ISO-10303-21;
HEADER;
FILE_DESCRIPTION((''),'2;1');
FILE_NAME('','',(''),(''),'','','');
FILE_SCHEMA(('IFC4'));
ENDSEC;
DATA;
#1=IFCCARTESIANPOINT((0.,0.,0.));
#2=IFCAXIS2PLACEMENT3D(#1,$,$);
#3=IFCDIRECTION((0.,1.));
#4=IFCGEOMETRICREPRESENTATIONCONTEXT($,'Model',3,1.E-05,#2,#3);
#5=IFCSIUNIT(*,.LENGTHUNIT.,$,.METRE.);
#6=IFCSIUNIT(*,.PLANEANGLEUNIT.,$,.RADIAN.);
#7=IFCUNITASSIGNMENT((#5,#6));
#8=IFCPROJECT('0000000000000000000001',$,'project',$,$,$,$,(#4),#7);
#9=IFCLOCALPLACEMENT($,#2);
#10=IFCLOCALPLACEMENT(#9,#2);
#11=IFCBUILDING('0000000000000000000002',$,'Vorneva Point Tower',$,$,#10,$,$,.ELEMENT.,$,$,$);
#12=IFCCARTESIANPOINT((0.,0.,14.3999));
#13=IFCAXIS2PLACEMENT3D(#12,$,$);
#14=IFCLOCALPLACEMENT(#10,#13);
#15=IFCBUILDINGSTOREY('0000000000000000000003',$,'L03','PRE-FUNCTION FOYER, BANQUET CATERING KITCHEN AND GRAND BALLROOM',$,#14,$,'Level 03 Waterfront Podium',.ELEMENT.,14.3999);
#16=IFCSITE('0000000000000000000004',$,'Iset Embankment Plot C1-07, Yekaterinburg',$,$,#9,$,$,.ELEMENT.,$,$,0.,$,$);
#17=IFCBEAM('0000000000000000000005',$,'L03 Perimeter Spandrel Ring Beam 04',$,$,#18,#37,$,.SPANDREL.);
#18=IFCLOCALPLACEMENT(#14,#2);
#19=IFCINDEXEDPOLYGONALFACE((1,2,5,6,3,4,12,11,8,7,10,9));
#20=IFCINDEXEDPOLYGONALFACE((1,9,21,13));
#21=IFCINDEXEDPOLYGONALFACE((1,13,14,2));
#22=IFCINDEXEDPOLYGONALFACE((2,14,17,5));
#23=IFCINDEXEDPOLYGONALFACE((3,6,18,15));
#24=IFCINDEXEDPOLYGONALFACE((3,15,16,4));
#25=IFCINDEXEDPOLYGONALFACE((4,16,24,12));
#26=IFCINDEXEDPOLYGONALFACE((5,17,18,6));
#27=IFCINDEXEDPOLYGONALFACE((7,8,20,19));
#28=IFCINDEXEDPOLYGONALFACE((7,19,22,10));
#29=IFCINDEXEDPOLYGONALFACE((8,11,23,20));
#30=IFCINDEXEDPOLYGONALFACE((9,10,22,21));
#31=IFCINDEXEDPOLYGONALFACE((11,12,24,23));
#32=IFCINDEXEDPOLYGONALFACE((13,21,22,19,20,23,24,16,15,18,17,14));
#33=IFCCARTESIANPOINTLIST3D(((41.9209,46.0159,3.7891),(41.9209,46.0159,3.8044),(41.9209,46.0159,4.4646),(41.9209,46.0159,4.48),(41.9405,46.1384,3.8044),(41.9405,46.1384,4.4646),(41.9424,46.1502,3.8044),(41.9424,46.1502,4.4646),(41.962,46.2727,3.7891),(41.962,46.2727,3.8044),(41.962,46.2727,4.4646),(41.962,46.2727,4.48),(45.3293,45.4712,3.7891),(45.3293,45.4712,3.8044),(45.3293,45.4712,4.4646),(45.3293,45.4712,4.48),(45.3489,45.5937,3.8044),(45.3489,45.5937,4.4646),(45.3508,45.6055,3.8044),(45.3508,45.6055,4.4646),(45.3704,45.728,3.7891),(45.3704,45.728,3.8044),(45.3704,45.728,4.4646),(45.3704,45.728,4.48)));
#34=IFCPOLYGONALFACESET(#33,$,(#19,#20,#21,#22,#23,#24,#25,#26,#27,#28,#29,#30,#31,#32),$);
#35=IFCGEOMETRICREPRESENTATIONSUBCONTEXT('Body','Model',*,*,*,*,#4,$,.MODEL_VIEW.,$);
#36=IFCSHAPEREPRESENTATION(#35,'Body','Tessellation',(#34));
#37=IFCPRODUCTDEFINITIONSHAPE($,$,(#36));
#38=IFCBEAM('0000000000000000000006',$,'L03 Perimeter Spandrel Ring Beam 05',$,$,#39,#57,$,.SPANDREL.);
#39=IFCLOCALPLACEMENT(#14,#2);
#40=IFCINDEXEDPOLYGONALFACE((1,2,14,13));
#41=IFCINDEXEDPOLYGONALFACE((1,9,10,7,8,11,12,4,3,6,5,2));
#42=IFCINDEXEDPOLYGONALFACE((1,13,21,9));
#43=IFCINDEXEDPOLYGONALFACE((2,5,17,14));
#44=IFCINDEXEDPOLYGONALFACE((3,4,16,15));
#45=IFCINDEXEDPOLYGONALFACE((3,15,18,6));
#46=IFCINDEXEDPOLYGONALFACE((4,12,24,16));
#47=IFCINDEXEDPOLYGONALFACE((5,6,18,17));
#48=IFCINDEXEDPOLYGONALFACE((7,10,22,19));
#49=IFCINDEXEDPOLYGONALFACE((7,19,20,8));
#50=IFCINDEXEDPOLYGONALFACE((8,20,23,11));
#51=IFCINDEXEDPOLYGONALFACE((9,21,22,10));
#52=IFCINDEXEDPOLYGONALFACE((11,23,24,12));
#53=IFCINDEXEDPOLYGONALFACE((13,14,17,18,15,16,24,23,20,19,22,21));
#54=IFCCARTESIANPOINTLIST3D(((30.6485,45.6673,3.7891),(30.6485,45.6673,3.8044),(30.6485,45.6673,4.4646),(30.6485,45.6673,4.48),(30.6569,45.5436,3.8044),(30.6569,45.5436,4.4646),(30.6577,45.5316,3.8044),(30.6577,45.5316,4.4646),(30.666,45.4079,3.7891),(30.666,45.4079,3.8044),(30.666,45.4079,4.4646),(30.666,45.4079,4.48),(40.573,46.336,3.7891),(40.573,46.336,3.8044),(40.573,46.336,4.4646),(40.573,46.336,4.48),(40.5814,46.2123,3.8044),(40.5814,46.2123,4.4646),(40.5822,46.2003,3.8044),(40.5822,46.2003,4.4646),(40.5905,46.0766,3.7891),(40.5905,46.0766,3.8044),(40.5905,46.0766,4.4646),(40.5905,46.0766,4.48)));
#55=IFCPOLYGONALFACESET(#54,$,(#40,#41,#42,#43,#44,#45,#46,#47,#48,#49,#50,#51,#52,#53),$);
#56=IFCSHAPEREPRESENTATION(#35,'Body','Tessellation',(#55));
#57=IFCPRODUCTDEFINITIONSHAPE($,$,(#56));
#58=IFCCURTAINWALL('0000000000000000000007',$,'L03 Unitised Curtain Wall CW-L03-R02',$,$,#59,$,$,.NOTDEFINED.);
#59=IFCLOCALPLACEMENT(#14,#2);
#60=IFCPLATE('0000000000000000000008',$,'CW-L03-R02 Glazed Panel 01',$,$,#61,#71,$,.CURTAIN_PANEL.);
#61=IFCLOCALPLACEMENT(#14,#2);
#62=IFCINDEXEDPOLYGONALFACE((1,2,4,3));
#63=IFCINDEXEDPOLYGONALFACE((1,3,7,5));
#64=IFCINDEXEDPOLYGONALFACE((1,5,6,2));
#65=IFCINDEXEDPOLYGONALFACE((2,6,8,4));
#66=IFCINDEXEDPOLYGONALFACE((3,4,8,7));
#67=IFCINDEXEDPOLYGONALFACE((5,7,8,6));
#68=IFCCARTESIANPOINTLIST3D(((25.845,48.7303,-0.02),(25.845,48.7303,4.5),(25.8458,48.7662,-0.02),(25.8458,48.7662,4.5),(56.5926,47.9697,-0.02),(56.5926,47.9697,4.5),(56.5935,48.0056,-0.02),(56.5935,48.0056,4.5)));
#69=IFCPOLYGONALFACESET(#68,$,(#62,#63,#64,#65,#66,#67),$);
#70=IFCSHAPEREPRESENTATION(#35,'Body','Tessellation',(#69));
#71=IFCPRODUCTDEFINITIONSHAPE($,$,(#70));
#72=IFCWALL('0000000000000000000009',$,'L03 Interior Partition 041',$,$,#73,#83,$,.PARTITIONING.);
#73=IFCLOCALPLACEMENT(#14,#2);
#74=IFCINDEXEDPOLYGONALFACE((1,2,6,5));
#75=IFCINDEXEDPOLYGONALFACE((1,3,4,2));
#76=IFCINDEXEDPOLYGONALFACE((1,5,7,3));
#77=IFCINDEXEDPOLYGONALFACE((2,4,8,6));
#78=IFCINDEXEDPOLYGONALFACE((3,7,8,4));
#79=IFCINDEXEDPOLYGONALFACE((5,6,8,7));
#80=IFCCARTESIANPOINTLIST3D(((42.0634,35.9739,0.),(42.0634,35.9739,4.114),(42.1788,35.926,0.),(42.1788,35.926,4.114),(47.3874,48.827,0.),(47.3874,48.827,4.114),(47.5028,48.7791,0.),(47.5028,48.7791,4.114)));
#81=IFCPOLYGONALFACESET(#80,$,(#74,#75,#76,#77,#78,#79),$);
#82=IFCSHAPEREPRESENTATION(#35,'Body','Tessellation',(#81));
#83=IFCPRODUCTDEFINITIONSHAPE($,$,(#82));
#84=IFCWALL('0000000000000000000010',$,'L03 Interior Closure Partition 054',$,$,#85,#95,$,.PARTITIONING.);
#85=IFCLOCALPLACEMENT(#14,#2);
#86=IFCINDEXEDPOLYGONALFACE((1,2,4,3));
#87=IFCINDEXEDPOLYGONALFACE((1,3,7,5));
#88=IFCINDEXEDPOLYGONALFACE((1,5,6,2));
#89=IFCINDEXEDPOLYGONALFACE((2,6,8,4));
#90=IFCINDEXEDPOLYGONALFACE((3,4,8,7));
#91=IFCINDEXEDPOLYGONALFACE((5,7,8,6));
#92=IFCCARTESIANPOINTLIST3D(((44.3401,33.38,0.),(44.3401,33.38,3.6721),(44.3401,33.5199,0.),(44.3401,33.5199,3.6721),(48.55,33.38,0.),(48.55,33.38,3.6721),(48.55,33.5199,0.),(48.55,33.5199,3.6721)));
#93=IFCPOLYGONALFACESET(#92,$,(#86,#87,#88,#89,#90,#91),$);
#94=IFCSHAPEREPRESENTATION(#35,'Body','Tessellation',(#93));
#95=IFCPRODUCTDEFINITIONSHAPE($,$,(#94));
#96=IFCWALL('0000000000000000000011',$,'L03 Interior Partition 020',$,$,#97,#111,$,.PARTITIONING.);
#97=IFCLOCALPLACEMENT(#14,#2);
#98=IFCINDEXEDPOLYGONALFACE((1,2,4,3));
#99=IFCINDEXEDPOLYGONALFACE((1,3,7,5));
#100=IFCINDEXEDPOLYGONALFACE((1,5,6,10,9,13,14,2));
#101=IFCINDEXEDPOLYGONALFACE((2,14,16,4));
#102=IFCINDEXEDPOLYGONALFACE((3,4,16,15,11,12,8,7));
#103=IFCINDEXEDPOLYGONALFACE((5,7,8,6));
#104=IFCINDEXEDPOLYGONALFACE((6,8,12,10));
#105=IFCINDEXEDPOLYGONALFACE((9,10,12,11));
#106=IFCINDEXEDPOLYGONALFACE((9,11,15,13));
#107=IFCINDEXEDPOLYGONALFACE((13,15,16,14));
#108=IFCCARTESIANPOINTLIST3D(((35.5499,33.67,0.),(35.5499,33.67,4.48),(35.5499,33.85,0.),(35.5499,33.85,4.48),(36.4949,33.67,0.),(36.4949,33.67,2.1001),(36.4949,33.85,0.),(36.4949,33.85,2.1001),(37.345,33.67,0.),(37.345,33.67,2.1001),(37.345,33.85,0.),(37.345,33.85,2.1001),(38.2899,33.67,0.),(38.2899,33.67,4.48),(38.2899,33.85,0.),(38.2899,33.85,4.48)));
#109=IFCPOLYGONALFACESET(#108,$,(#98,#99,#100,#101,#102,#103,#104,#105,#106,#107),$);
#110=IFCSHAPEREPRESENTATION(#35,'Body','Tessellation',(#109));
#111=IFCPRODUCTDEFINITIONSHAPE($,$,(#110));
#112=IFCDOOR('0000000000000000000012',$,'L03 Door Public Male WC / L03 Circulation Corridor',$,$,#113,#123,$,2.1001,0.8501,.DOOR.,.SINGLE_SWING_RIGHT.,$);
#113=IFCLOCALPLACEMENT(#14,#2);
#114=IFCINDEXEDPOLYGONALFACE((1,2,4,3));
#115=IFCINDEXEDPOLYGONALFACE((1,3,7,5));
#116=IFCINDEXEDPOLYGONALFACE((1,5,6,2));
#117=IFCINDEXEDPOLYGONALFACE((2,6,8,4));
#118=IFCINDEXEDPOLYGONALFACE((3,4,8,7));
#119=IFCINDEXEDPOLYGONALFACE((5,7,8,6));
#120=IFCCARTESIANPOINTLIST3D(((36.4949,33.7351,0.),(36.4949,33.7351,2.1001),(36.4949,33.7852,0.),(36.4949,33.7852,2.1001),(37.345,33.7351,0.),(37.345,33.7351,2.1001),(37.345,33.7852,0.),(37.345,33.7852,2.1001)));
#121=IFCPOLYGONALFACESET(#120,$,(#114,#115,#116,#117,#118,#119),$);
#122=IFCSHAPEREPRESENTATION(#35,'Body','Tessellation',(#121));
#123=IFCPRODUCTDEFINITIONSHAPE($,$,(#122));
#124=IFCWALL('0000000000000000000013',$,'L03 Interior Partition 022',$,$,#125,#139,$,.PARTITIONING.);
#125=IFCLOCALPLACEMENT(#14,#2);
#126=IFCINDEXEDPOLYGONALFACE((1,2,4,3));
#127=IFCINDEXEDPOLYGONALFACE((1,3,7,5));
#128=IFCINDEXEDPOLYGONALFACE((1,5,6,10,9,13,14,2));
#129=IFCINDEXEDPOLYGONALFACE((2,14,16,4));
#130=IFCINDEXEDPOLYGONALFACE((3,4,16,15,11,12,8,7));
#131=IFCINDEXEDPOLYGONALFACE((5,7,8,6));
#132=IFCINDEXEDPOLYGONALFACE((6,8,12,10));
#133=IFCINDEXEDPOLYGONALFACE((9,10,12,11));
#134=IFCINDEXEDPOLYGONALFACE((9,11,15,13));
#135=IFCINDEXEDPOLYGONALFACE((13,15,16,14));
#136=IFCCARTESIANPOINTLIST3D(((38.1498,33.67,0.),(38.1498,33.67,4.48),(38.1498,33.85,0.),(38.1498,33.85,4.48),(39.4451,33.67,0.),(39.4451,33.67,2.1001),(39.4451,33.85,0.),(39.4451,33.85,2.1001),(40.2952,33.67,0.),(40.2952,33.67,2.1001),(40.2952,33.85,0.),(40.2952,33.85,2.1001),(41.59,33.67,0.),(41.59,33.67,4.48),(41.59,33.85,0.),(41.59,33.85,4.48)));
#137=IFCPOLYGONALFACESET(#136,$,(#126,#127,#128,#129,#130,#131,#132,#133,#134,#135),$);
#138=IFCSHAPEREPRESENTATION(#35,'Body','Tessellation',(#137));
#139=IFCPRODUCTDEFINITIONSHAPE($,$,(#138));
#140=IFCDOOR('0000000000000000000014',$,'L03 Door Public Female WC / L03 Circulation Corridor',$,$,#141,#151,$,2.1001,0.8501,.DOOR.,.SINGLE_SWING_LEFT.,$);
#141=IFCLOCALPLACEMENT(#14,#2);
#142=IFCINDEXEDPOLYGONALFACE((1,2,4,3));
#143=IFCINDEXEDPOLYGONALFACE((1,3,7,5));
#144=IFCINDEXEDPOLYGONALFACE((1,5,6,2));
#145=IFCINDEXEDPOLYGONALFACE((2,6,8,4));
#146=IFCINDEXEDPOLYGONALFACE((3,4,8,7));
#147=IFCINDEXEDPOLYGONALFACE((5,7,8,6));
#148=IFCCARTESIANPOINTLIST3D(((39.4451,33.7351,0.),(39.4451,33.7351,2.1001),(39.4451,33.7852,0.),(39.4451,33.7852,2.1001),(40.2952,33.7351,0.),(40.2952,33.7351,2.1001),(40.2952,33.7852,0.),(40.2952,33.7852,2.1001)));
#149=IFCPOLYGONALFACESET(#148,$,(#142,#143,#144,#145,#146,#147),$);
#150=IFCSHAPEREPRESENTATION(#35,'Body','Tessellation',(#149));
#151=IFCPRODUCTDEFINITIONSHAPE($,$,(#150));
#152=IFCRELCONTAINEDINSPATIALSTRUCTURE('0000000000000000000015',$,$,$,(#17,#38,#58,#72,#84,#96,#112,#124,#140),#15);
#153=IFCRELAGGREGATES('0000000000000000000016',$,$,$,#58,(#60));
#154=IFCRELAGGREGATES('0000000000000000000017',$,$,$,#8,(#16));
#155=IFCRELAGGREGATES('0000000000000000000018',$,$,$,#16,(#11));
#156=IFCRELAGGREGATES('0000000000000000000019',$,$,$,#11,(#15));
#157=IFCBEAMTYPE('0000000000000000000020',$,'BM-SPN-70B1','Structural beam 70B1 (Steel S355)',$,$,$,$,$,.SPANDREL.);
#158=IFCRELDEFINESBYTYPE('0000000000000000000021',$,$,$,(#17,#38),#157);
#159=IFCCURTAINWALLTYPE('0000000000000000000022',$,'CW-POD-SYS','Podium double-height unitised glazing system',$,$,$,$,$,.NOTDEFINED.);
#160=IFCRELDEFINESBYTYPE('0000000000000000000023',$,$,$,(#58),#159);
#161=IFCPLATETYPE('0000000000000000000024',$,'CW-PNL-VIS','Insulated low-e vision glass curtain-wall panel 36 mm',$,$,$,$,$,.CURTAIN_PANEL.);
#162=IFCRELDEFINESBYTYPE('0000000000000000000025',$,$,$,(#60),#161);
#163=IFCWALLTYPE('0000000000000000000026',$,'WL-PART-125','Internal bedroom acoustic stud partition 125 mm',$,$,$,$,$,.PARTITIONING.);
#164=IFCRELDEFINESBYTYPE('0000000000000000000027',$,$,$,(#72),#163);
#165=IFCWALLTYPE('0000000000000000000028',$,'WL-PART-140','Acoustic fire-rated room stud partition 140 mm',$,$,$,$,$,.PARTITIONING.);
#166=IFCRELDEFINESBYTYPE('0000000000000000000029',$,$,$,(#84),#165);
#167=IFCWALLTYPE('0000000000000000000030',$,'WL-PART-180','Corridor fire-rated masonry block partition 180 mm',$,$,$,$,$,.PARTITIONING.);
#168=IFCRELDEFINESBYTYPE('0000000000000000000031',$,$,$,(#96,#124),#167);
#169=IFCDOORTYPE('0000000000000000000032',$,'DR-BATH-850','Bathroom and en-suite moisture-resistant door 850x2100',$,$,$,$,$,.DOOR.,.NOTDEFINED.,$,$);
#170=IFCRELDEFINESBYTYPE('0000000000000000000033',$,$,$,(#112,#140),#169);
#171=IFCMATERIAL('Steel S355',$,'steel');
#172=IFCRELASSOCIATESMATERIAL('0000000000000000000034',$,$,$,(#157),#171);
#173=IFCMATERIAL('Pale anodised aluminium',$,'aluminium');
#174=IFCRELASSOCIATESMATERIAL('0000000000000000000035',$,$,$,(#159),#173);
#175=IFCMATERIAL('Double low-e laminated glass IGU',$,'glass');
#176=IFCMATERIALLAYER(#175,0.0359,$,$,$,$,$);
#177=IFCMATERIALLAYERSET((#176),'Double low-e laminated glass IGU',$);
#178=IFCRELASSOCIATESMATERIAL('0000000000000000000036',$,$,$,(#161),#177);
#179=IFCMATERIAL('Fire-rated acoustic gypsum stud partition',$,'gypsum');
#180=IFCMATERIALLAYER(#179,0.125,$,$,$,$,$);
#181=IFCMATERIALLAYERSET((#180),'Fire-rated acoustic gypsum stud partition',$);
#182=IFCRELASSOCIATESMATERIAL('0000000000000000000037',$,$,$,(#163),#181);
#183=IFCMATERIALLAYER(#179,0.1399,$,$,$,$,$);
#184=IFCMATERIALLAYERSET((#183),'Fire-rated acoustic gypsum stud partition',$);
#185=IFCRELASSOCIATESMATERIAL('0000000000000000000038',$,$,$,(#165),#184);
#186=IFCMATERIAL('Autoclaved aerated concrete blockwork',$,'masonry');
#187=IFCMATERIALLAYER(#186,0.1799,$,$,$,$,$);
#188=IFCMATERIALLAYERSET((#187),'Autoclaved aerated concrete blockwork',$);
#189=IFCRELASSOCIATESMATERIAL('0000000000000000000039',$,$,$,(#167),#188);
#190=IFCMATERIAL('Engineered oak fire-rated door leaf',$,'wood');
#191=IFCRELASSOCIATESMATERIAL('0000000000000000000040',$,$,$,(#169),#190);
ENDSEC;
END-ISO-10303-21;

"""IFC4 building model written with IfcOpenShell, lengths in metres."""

from ifc_helpers import new_model, si_unit, direction, frame, frame_2d, origin, origin_2d, place, context, subcontext, project, spatial, rectangle, i_section, extrude, material, layer, layer_set, material_profile, profile_set, type_object, element, fill, aggregate, save


model = new_model("IFC4")

# Units and contexts
model_context = context("Model", 3, precision=1e-05, world=origin(), true_north=direction((0.0, 1.0)))
body_context = subcontext(model_context, "Body", "Model", "MODEL_VIEW")
ifc_project = project(units=[si_unit("LENGTHUNIT", "METRE"), si_unit("PLANEANGLEUNIT", "RADIAN")], contexts=[model_context])

# Site, building, storey
site_placement = place(None, origin())
site = spatial("IfcSite", under=ifc_project, at=site_placement, Name="Iset Embankment Plot C1-07, Yekaterinburg", CompositionType="ELEMENT", RefElevation=0.0)
building_placement = place(site_placement, origin())
building = spatial("IfcBuilding", under=site, at=building_placement, Name="Vorneva Point Tower", CompositionType="ELEMENT")
storey_placement = place(building_placement, frame((0.0, 0.0, 14.3999)))
storey = spatial("IfcBuildingStorey", under=building, at=storey_placement, Name="L03", Description="PRE-FUNCTION FOYER, BANQUET CATERING KITCHEN AND GRAND BALLROOM", LongName="Level 03 Waterfront Podium", CompositionType="ELEMENT", Elevation=14.3999)

# Beams
ifc_material_1 = material(Name="Steel S355", Category="steel")
ifc_material_profile_1 = material_profile(ifc_material_1, i_section(OverallWidth=0.26, OverallDepth=0.6909, WebThickness=0.012, FlangeThickness=0.0154, at=origin_2d()), Name="70B1")
ifc_profile_set_1 = profile_set([ifc_material_profile_1], Name="Steel S355")
beam_type_1 = type_object("IfcBeamType", Name="BM-SPN-70B1", Description="Structural beam 70B1 (Steel S355)", PredefinedType="SPANDREL", material=ifc_profile_set_1)
beam_1_placement = place(storey_placement, frame((45.3499, 45.5996, 4.1345), z_axis=(-0.987471, 0.1578, 0.0), x_axis=(-0.1578, -0.987471, 0.0)))
element("IfcBeam", 1, at=beam_1_placement, inside=storey, type_object=beam_type_1, Name="L03 Perimeter Spandrel Ring Beam 04", PredefinedType="SPANDREL", context=body_context, shape_type="SweptSolid", body=[
    extrude(i_section(OverallWidth=0.26, OverallDepth=0.6909, WebThickness=0.012, FlangeThickness=0.0154, at=origin_2d()), origin(), (0.0, 0.0, 1.0), 3.4517),
])
beam_2_placement = place(storey_placement, frame((40.5818, 46.2063, 4.1345), z_axis=(-0.997738, -0.067226, 0.0), x_axis=(0.067226, -0.997738, 0.0)))
element("IfcBeam", 2, at=beam_2_placement, inside=storey, type_object=beam_type_1, Name="L03 Perimeter Spandrel Ring Beam 05", PredefinedType="SPANDREL", context=body_context, shape_type="SweptSolid", body=[
    extrude(i_section(OverallWidth=0.26, OverallDepth=0.6909, WebThickness=0.012, FlangeThickness=0.0154, at=origin_2d()), origin(), (0.0, 0.0, 1.0), 9.947),
])

# Curtain wall, plate
ifc_material_2 = material(Name="Pale anodised aluminium", Category="aluminium")
curtain_wall_type = type_object("IfcCurtainWallType", Name="CW-POD-SYS", Description="Podium double-height unitised glazing system", PredefinedType="NOTDEFINED", material=ifc_material_2)
curtain_wall_placement = place(storey_placement, origin())
curtain_wall = element("IfcCurtainWall", 3, at=curtain_wall_placement, inside=storey, type_object=curtain_wall_type, Name="L03 Unitised Curtain Wall CW-L03-R02", PredefinedType="NOTDEFINED")
ifc_material_3 = material(Name="Double low-e laminated glass IGU", Category="glass")
ifc_layer_1 = layer(ifc_material_3, 0.0359)
ifc_layer_set_1 = layer_set([ifc_layer_1], Name="Double low-e laminated glass IGU")
plate_type = type_object("IfcPlateType", Name="CW-PNL-VIS", Description="Insulated low-e vision glass curtain-wall panel 36 mm", PredefinedType="CURTAIN_PANEL", material=ifc_layer_set_1)
plate_placement = place(storey_placement, frame((41.2192, 48.3679, -0.02), z_axis=(0.0, 0.0, 1.0), x_axis=(-0.999694, 0.024729, 0.0)))
plate = element("IfcPlate", 4, at=plate_placement, type_object=plate_type, Name="CW-L03-R02 Glazed Panel 01", PredefinedType="CURTAIN_PANEL", context=body_context, shape_type="SweptSolid", body=[
    extrude(rectangle(XDim=30.7571, YDim=0.0359, at=origin_2d()), origin(), (0.0, 0.0, 1.0), 4.52),
])
aggregate(curtain_wall, [plate])

# Walls
ifc_material_4 = material(Name="Fire-rated acoustic gypsum stud partition", Category="gypsum")
ifc_layer_2 = layer(ifc_material_4, 0.125)
ifc_layer_set_2 = layer_set([ifc_layer_2], Name="Fire-rated acoustic gypsum stud partition")
wall_type_1 = type_object("IfcWallType", Name="WL-PART-125", Description="Internal bedroom acoustic stud partition 125 mm", PredefinedType="PARTITIONING", material=ifc_layer_set_2)
wall_1_placement = place(storey_placement, frame((42.1211, 35.95, 0.0), z_axis=(0.0, 0.0, 1.0), x_axis=(0.382688, 0.923878, 0.0)))
element("IfcWall", 5, at=wall_1_placement, inside=storey, type_object=wall_type_1, Name="L03 Interior Partition 041", PredefinedType="PARTITIONING", context=body_context, shape_type="SweptSolid", body=[
    extrude(rectangle(XDim=13.9121, YDim=0.125, at=frame_2d((6.9561, 0.0))), origin(), (0.0, 0.0, 1.0), 4.114),
])
ifc_layer_3 = layer(ifc_material_4, 0.1399)
ifc_layer_set_3 = layer_set([ifc_layer_3], Name="Fire-rated acoustic gypsum stud partition")
wall_type_2 = type_object("IfcWallType", Name="WL-PART-140", Description="Acoustic fire-rated room stud partition 140 mm", PredefinedType="PARTITIONING", material=ifc_layer_set_3)
wall_2_placement = place(storey_placement, frame((44.3401, 33.45, 0.0), z_axis=(0.0, 0.0, 1.0), x_axis=(1.0, 0.0, 0.0)))
element("IfcWall", 6, at=wall_2_placement, inside=storey, type_object=wall_type_2, Name="L03 Interior Closure Partition 054", PredefinedType="PARTITIONING", context=body_context, shape_type="SweptSolid", body=[
    extrude(rectangle(XDim=4.21, YDim=0.1399, at=frame_2d((2.105, 0.0))), origin(), (0.0, 0.0, 1.0), 3.6721),
])

# Walls, openings, doors
ifc_material_5 = material(Name="Autoclaved aerated concrete blockwork", Category="masonry")
ifc_layer_4 = layer(ifc_material_5, 0.1799)
ifc_layer_set_4 = layer_set([ifc_layer_4], Name="Autoclaved aerated concrete blockwork")
wall_type_3 = type_object("IfcWallType", Name="WL-PART-180", Description="Corridor fire-rated masonry block partition 180 mm", PredefinedType="PARTITIONING", material=ifc_layer_set_4)
wall_3_placement = place(storey_placement, frame((38.29, 33.76, 0.0), z_axis=(0.0, 0.0, 1.0), x_axis=(-1.0, 0.0, 0.0)))
wall_3 = element("IfcWall", 7, at=wall_3_placement, inside=storey, type_object=wall_type_3, Name="L03 Interior Partition 020", PredefinedType="PARTITIONING", context=body_context, shape_type="SweptSolid", body=[
    extrude(rectangle(XDim=2.74, YDim=0.1799, at=frame_2d((1.3701, 0.0))), origin(), (0.0, 0.0, 1.0), 4.48),
])
opening_1_placement = place(wall_3_placement, frame((0.9451, 0.0, 0.0)))
opening_1 = element("IfcOpeningElement", 8, at=opening_1_placement, cuts=wall_3, PredefinedType="OPENING", context=body_context, shape_type="SweptSolid", body=[
    extrude(rectangle(XDim=0.8501, YDim=2.1001, at=frame_2d((0.425, 1.05))), frame((0.0, 0.105, 0.0), z_axis=(0.0, -1.0, 0.0), x_axis=(1.0, 0.0, 0.0)), (0.0, 0.0, 1.0), 0.2097),
])
ifc_material_6 = material(Name="Engineered oak fire-rated door leaf", Category="wood")
door_type_1 = type_object("IfcDoorType", Name="DR-BATH-850", Description="Bathroom and en-suite moisture-resistant door 850x2100", OperationType="NOTDEFINED", PredefinedType="DOOR", material=ifc_material_6)
door_1_placement = place(opening_1_placement, origin())
door_1 = element("IfcDoor", 9, at=door_1_placement, inside=storey, type_object=door_type_1, Name="L03 Door Public Male WC / L03 Circulation Corridor", OperationType="SINGLE_SWING_RIGHT", OverallHeight=2.1001, OverallWidth=0.8501, PredefinedType="DOOR", context=body_context, shape_type="SweptSolid", body=[
    extrude(rectangle(XDim=0.8501, YDim=2.1001, at=frame_2d((0.425, 1.05))), frame((0.0, 0.0249, 0.0), z_axis=(0.0, -1.0, 0.0), x_axis=(1.0, 0.0, 0.0)), (0.0, 0.0, 1.0), 0.05),
])
fill(opening_1, door_1)
wall_4_placement = place(storey_placement, frame((41.5901, 33.76, 0.0), z_axis=(0.0, 0.0, 1.0), x_axis=(-1.0, 0.0, 0.0)))
wall_4 = element("IfcWall", 10, at=wall_4_placement, inside=storey, type_object=wall_type_3, Name="L03 Interior Partition 022", PredefinedType="PARTITIONING", context=body_context, shape_type="SweptSolid", body=[
    extrude(rectangle(XDim=3.4402, YDim=0.1799, at=frame_2d((1.7202, 0.0))), origin(), (0.0, 0.0, 1.0), 4.48),
])
opening_2_placement = place(wall_4_placement, frame((1.2949, 0.0, 0.0)))
opening_2 = element("IfcOpeningElement", 11, at=opening_2_placement, cuts=wall_4, PredefinedType="OPENING", context=body_context, shape_type="SweptSolid", body=[
    extrude(rectangle(XDim=0.8501, YDim=2.1001, at=frame_2d((0.425, 1.05))), frame((0.0, 0.105, 0.0), z_axis=(0.0, -1.0, 0.0), x_axis=(1.0, 0.0, 0.0)), (0.0, 0.0, 1.0), 0.2097),
])
door_2_placement = place(opening_2_placement, origin())
door_2 = element("IfcDoor", 12, at=door_2_placement, inside=storey, type_object=door_type_1, Name="L03 Door Public Female WC / L03 Circulation Corridor", OperationType="SINGLE_SWING_LEFT", OverallHeight=2.1001, OverallWidth=0.8501, PredefinedType="DOOR", context=body_context, shape_type="SweptSolid", body=[
    extrude(rectangle(XDim=0.8501, YDim=2.1001, at=frame_2d((0.425, 1.05))), frame((0.0, 0.0249, 0.0), z_axis=(0.0, -1.0, 0.0), x_axis=(1.0, 0.0, 0.0)), (0.0, 0.0, 1.0), 0.05),
])
fill(opening_2, door_2)

save(model, "model.ifc")
